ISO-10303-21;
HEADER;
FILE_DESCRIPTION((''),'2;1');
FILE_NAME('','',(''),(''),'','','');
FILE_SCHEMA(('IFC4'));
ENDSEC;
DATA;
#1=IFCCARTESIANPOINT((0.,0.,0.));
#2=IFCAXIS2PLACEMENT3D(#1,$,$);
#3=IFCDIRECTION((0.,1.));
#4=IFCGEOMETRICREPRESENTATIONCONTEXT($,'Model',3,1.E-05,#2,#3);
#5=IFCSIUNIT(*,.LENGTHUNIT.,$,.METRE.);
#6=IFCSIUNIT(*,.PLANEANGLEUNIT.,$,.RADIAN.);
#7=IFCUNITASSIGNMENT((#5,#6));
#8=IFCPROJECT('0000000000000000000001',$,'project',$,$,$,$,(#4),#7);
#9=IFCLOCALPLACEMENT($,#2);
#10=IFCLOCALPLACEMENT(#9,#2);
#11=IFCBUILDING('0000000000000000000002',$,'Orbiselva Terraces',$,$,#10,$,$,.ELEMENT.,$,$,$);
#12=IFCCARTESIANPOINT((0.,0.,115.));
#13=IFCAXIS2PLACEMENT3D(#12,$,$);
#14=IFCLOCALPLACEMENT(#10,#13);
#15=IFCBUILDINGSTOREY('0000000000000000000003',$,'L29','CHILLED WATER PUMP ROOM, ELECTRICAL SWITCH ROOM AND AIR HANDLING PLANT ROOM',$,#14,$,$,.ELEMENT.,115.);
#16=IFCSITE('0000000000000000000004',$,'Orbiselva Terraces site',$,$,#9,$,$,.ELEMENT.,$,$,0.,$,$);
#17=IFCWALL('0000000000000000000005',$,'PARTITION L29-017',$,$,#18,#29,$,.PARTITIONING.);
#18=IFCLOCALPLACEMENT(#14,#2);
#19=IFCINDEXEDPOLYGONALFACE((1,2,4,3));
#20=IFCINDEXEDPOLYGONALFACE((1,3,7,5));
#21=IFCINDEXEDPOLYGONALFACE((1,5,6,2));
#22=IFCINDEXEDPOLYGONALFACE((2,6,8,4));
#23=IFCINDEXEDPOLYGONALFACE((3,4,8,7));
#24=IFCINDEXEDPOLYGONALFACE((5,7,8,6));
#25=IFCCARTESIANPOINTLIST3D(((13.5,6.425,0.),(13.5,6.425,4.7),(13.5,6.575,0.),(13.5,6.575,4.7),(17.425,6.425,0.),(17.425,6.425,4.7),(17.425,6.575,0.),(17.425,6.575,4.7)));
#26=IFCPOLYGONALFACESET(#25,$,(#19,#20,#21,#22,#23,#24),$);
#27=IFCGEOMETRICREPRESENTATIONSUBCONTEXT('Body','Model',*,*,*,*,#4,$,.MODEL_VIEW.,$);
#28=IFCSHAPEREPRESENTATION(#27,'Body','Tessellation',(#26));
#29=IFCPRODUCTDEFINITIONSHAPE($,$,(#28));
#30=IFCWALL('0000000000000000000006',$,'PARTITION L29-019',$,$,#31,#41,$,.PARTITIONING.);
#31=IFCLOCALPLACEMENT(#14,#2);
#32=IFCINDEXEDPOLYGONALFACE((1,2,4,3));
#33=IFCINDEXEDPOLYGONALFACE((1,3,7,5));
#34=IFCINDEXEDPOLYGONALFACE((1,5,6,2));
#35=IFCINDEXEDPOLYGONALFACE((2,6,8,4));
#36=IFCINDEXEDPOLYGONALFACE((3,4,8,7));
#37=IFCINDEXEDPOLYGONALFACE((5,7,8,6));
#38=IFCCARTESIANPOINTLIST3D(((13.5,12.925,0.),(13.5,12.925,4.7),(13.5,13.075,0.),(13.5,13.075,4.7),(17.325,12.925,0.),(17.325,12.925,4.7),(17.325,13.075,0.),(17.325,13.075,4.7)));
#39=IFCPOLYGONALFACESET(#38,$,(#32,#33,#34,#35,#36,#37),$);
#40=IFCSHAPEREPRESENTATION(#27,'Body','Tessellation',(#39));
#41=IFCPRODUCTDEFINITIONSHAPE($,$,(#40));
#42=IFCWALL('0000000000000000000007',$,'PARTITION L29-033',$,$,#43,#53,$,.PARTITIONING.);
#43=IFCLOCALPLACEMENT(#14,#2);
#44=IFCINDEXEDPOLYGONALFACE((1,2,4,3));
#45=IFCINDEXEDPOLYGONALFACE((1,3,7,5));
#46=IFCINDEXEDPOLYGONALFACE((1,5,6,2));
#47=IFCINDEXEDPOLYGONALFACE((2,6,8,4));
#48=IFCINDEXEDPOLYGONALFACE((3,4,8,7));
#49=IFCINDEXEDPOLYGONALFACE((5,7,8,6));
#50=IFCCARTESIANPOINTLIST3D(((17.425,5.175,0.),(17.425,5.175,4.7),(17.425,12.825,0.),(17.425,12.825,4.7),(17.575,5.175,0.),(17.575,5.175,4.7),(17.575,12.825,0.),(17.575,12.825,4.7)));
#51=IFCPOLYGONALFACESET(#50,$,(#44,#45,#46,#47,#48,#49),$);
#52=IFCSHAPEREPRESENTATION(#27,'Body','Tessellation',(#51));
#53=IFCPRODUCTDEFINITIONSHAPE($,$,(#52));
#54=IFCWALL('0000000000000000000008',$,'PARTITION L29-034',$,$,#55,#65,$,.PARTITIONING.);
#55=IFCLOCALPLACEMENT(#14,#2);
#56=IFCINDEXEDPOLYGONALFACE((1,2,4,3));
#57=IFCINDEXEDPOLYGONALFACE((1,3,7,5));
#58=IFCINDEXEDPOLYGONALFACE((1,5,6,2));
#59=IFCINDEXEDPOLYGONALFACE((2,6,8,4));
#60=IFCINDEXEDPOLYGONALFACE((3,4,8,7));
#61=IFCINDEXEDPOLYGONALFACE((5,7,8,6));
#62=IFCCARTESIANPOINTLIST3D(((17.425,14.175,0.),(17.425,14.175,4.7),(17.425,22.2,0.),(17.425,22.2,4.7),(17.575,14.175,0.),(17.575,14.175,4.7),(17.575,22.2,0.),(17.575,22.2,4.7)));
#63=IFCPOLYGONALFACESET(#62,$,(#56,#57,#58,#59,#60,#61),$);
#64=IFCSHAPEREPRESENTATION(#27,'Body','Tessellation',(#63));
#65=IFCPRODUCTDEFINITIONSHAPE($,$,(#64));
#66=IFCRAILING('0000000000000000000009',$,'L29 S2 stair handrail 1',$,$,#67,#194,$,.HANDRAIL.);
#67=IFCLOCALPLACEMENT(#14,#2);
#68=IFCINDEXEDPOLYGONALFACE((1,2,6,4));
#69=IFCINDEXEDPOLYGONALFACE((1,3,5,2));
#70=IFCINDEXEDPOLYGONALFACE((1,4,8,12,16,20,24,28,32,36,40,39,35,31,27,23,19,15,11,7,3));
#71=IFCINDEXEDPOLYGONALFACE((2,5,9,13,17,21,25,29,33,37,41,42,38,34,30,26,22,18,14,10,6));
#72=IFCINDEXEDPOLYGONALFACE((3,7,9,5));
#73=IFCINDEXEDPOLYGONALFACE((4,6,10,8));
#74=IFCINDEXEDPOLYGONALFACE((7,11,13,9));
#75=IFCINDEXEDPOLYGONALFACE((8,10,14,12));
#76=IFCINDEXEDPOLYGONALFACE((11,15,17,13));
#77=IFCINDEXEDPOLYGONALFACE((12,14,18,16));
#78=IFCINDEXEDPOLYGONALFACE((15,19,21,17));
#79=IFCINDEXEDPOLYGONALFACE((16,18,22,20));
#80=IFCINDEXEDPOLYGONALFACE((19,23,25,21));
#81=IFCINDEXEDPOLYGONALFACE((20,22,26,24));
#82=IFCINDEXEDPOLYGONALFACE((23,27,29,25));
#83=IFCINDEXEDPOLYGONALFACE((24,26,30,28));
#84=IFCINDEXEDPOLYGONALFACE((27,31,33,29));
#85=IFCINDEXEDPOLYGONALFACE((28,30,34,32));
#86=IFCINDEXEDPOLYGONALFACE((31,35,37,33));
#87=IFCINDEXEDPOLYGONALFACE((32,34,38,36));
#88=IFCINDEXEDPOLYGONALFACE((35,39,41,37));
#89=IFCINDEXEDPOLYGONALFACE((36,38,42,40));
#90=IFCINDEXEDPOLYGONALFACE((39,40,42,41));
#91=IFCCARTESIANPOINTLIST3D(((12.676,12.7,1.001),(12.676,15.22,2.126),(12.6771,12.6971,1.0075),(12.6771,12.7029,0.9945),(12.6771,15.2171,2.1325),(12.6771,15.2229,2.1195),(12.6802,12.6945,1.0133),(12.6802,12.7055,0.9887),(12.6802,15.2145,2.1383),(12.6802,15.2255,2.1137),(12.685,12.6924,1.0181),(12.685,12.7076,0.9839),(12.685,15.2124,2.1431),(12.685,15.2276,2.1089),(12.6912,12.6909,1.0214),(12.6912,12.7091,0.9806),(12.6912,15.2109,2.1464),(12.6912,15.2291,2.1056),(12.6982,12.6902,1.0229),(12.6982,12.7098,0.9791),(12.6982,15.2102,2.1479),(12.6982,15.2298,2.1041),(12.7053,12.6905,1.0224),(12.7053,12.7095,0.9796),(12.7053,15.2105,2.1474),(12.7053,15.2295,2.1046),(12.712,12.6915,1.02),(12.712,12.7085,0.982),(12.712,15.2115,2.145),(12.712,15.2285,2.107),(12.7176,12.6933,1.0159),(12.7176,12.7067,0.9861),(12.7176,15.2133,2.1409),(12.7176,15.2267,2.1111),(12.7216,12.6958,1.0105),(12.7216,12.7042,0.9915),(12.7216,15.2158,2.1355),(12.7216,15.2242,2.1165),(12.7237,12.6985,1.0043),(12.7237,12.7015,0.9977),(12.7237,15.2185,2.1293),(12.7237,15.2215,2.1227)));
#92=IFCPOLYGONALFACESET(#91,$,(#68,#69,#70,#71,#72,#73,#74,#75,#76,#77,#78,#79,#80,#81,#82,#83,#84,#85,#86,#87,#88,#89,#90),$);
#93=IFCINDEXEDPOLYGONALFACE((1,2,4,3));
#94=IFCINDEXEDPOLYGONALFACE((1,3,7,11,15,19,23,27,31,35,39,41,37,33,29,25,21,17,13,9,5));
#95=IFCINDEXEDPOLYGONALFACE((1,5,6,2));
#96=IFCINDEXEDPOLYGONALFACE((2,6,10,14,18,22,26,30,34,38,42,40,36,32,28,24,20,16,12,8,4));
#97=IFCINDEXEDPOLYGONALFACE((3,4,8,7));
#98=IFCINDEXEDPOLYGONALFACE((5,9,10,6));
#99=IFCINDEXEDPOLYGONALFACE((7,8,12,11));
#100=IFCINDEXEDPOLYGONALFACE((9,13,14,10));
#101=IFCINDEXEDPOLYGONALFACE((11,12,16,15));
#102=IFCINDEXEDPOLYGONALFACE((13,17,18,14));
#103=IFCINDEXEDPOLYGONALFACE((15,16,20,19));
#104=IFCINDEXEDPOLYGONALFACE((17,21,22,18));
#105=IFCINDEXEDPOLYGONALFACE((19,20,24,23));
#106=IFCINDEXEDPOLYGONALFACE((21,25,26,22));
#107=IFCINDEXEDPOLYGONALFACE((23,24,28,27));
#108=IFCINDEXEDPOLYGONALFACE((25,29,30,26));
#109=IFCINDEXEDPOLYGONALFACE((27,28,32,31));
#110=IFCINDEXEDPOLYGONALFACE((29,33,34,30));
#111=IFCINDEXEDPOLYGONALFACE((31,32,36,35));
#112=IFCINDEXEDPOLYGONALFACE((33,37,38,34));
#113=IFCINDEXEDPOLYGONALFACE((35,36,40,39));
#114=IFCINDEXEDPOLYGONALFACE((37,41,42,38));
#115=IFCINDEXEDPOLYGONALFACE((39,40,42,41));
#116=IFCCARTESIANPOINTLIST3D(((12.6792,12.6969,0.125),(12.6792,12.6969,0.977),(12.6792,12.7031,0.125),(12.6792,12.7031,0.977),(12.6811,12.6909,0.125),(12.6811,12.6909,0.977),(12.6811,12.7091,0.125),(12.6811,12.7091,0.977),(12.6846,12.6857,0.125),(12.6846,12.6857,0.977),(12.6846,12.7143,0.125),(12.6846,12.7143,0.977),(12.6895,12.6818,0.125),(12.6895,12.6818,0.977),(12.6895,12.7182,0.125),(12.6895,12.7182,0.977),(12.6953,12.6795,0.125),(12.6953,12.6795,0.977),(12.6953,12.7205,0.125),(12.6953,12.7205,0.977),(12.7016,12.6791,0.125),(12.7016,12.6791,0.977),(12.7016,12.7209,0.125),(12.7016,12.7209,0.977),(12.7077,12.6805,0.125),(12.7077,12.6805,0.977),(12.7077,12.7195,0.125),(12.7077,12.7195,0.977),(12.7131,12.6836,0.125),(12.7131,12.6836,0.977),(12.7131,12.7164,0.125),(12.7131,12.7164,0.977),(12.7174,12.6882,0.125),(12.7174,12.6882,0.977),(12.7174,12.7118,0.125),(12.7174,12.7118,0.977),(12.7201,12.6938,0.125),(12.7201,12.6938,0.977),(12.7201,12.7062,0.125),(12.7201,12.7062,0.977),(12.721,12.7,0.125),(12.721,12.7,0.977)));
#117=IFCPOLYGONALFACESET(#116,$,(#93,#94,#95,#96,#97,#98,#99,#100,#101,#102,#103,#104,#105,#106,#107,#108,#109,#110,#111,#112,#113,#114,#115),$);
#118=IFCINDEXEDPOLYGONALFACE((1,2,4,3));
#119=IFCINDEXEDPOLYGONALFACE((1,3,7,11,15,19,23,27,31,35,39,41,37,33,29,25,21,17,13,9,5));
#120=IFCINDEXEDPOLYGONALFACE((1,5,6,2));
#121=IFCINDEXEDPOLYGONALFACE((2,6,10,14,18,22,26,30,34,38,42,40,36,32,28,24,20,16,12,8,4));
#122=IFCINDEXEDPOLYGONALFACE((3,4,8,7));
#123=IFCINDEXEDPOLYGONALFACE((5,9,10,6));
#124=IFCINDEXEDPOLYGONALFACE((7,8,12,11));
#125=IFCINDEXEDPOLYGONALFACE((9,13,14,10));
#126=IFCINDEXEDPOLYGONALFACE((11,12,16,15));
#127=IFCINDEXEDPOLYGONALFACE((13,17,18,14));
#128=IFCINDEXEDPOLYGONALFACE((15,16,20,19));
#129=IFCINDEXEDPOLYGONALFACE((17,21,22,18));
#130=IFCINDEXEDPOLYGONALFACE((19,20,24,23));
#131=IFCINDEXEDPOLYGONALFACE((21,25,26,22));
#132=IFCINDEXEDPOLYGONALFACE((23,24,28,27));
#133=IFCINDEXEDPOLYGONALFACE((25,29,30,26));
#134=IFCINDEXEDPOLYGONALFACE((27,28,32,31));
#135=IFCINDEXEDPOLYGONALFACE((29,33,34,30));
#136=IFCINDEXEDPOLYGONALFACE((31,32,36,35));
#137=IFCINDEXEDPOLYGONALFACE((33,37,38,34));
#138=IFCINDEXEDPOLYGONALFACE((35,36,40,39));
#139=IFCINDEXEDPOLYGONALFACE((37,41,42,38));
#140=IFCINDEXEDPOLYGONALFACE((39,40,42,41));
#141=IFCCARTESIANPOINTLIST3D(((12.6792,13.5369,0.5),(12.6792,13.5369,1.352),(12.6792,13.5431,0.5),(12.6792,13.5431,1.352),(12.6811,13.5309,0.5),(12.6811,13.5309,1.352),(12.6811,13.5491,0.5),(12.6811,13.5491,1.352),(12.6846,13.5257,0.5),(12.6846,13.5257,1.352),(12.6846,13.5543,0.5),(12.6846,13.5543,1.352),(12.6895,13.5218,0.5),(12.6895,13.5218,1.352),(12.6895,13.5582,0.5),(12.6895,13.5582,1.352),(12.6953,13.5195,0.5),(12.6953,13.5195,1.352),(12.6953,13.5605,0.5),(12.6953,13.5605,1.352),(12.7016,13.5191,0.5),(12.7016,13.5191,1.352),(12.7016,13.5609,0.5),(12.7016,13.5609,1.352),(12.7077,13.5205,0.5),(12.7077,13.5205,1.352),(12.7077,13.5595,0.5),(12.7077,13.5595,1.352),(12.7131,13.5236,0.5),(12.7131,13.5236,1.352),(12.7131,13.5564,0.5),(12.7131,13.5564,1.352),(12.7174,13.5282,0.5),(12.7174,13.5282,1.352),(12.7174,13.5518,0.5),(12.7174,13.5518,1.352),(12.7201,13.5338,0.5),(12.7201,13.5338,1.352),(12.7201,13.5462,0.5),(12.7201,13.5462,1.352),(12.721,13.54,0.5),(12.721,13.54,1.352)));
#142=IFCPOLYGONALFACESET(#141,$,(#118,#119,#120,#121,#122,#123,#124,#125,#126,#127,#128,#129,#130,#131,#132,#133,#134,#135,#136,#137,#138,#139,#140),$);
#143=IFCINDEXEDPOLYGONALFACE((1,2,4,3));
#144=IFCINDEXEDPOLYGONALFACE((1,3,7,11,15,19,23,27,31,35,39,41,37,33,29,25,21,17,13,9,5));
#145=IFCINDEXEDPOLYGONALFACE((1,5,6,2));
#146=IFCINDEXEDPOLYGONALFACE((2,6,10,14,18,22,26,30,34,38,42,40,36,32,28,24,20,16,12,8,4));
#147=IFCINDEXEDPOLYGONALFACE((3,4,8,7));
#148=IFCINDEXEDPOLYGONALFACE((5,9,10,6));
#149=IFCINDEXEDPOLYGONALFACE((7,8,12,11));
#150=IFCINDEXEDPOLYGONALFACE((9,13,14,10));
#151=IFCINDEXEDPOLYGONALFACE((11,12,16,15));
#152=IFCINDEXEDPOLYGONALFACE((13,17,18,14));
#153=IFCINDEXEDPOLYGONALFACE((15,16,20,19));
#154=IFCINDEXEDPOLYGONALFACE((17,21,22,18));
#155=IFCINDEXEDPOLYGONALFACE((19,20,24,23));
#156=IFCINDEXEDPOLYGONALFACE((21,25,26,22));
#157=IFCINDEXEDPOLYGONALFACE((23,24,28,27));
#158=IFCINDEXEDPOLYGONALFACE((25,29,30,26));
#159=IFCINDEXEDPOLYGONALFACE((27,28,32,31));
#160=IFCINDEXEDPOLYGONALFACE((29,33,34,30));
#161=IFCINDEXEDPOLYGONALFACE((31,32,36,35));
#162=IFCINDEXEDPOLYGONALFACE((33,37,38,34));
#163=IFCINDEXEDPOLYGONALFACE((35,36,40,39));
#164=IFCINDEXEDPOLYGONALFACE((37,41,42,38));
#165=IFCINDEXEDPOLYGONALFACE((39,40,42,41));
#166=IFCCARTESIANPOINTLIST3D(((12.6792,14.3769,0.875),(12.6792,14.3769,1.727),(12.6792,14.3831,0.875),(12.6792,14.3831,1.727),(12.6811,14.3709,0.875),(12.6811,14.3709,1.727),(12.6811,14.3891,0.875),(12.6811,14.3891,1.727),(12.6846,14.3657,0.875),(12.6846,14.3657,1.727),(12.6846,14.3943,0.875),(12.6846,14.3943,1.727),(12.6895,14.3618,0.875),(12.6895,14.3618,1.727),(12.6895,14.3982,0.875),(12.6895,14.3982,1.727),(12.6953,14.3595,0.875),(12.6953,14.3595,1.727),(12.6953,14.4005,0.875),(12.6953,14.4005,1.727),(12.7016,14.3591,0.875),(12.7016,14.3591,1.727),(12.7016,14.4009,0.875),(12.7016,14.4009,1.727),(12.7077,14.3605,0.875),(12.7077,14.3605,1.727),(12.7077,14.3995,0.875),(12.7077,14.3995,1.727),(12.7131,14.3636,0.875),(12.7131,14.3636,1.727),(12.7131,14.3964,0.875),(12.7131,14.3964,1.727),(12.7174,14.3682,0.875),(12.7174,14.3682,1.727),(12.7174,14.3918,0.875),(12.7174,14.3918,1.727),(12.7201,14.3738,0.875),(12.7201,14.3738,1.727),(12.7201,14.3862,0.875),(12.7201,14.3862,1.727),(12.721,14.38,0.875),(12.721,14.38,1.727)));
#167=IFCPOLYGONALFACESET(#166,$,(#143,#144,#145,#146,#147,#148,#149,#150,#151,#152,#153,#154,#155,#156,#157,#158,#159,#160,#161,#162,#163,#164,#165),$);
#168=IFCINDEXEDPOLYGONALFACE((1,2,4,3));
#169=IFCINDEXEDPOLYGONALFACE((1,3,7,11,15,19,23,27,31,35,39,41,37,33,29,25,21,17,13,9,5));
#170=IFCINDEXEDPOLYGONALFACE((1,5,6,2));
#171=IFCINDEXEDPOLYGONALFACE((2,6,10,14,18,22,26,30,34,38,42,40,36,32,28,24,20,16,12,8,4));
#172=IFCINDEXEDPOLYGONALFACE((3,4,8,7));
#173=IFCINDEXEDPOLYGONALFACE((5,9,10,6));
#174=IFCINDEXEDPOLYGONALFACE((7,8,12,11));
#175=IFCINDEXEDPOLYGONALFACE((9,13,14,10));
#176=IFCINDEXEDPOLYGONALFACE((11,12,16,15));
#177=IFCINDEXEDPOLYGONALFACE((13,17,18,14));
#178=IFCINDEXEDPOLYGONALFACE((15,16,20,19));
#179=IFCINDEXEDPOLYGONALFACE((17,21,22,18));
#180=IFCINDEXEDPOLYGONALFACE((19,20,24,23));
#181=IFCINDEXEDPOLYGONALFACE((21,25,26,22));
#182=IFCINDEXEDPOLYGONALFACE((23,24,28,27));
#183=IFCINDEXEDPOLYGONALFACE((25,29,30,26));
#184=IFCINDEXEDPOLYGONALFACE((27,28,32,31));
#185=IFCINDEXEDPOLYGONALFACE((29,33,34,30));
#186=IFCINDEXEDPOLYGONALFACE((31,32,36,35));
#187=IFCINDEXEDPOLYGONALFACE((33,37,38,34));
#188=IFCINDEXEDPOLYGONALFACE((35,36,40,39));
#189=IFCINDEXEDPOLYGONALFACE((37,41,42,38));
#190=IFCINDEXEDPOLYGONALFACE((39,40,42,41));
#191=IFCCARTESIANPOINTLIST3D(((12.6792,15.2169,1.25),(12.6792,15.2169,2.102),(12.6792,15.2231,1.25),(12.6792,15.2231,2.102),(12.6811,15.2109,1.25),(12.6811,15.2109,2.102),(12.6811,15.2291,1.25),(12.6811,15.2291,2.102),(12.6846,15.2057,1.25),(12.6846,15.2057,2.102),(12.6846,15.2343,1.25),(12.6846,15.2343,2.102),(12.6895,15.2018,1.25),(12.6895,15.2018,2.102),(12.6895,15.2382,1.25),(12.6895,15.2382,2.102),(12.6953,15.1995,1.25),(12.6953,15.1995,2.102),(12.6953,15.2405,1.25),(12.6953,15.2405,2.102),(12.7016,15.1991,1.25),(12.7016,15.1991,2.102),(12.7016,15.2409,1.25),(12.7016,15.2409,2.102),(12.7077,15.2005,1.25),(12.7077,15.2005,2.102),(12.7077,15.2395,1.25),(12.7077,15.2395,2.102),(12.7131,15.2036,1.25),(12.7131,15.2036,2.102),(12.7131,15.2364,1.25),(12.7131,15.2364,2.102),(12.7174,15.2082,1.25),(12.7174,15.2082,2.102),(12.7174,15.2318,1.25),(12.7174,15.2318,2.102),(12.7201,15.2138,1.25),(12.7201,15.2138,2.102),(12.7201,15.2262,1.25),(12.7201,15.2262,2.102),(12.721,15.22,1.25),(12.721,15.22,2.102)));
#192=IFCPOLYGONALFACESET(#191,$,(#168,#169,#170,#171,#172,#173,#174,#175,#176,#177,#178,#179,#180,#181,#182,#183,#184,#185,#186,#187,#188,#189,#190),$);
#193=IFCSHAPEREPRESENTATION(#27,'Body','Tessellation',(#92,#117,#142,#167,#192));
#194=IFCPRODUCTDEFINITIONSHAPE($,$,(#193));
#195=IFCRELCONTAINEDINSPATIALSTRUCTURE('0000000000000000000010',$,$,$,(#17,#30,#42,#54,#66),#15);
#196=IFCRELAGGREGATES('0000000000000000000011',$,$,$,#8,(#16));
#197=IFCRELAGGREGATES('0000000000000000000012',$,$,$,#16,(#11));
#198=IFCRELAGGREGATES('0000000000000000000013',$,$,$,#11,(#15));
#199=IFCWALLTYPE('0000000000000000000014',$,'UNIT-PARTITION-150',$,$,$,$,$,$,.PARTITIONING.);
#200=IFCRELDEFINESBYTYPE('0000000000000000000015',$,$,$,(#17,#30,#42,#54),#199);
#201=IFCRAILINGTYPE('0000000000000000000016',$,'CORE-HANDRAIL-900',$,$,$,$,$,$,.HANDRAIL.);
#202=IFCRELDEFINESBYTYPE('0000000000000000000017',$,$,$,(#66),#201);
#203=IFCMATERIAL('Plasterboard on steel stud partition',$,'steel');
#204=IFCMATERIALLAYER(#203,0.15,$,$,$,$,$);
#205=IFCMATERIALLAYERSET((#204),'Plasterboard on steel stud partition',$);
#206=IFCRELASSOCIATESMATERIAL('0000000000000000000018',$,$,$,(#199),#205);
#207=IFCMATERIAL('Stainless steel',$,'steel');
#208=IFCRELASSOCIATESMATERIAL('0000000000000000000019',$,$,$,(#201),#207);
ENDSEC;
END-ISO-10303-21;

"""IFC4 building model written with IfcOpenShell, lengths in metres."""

from ifc_helpers import new_model, si_unit, direction, frame, frame_2d, origin, origin_2d, place, context, subcontext, project, spatial, rectangle, circle, extrude, material, layer, layer_set, type_object, element, save


model = new_model("IFC4")

# Units and contexts
model_context = context("Model", 3, precision=1e-05, world=origin(), true_north=direction((0.0, 1.0)))
body_context = subcontext(model_context, "Body", "Model", "MODEL_VIEW")
ifc_project = project(units=[si_unit("LENGTHUNIT", "METRE"), si_unit("PLANEANGLEUNIT", "RADIAN")], contexts=[model_context])

# Site, building, storey
site_placement = place(None, origin())
site = spatial("IfcSite", under=ifc_project, at=site_placement, Name="Orbiselva Terraces site", CompositionType="ELEMENT", RefElevation=0.0)
building_placement = place(site_placement, origin())
building = spatial("IfcBuilding", under=site, at=building_placement, Name="Orbiselva Terraces", CompositionType="ELEMENT")
storey_placement = place(building_placement, frame((0.0, 0.0, 115.0)))
storey = spatial("IfcBuildingStorey", under=building, at=storey_placement, Name="L29", Description="CHILLED WATER PUMP ROOM, ELECTRICAL SWITCH ROOM AND AIR HANDLING PLANT ROOM", CompositionType="ELEMENT", Elevation=115.0)

# Walls
ifc_material_1 = material(Name="Plasterboard on steel stud partition", Category="steel")
ifc_layer_1 = layer(ifc_material_1, 0.15)
ifc_layer_set_1 = layer_set([ifc_layer_1], Name="Plasterboard on steel stud partition")
wall_type_1 = type_object("IfcWallType", Name="UNIT-PARTITION-150", PredefinedType="PARTITIONING", material=ifc_layer_set_1)
wall_1_placement = place(storey_placement, frame((13.5, 6.5, 0.0), z_axis=(0.0, 0.0, 1.0), x_axis=(1.0, 0.0, 0.0)))
element("IfcWall", 1, at=wall_1_placement, inside=storey, type_object=wall_type_1, Name="PARTITION L29-017", PredefinedType="PARTITIONING", context=body_context, shape_type="SweptSolid", body=[
    extrude(rectangle(XDim=3.925, YDim=0.15, at=frame_2d((1.9625, 0.0))), origin(), (0.0, 0.0, 1.0), 4.7),
])
wall_2_placement = place(storey_placement, frame((13.5, 13.0, 0.0), z_axis=(0.0, 0.0, 1.0), x_axis=(1.0, 0.0, 0.0)))
element("IfcWall", 2, at=wall_2_placement, inside=storey, type_object=wall_type_1, Name="PARTITION L29-019", PredefinedType="PARTITIONING", context=body_context, shape_type="SweptSolid", body=[
    extrude(rectangle(XDim=3.825, YDim=0.15, at=frame_2d((1.9125, 0.0))), origin(), (0.0, 0.0, 1.0), 4.7),
])
wall_3_placement = place(storey_placement, frame((17.5, 5.175, 0.0), z_axis=(0.0, 0.0, 1.0), x_axis=(0.0, 1.0, 0.0)))
element("IfcWall", 3, at=wall_3_placement, inside=storey, type_object=wall_type_1, Name="PARTITION L29-033", PredefinedType="PARTITIONING", context=body_context, shape_type="SweptSolid", body=[
    extrude(rectangle(XDim=7.65, YDim=0.15, at=frame_2d((3.825, 0.0))), origin(), (0.0, 0.0, 1.0), 4.7),
])
wall_4_placement = place(storey_placement, frame((17.5, 14.175, 0.0), z_axis=(0.0, 0.0, 1.0), x_axis=(0.0, 1.0, 0.0)))
element("IfcWall", 4, at=wall_4_placement, inside=storey, type_object=wall_type_1, Name="PARTITION L29-034", PredefinedType="PARTITIONING", context=body_context, shape_type="SweptSolid", body=[
    extrude(rectangle(XDim=8.025, YDim=0.15, at=frame_2d((4.0125, 0.0))), origin(), (0.0, 0.0, 1.0), 4.7),
])

# Railing
ifc_material_2 = material(Name="Stainless steel", Category="steel")
railing_type = type_object("IfcRailingType", Name="CORE-HANDRAIL-900", PredefinedType="HANDRAIL", material=ifc_material_2)
for number, where, name in (
    (5, (12.7, 12.7, 0.125), "L29 S2 stair handrail 1"),
):
    element("IfcRailing", number, at=place(storey_placement, frame(where)), inside=storey, type_object=railing_type, Name=name, PredefinedType="HANDRAIL", context=body_context, shape_type="SweptSolid", body=[
        extrude(circle(Radius=0.024, at=origin_2d()), frame((0.0, 0.0, 0.876), z_axis=(0.0, 0.913138, 0.407651), x_axis=(-1.0, 0.0, 0.0)), (0.0, 0.0, 1.0), 2.7597),
        extrude(circle(Radius=0.021, at=origin_2d()), origin(), (0.0, 0.0, 1.0), 0.852),
        extrude(circle(Radius=0.021, at=origin_2d()), frame((0.0, 0.84, 0.375)), (0.0, 0.0, 1.0), 0.852),
        extrude(circle(Radius=0.021, at=origin_2d()), frame((0.0, 1.68, 0.75)), (0.0, 0.0, 1.0), 0.852),
        extrude(circle(Radius=0.021, at=origin_2d()), frame((0.0, 2.52, 1.125)), (0.0, 0.0, 1.0), 0.852),
    ])

save(model, "model.ifc")
